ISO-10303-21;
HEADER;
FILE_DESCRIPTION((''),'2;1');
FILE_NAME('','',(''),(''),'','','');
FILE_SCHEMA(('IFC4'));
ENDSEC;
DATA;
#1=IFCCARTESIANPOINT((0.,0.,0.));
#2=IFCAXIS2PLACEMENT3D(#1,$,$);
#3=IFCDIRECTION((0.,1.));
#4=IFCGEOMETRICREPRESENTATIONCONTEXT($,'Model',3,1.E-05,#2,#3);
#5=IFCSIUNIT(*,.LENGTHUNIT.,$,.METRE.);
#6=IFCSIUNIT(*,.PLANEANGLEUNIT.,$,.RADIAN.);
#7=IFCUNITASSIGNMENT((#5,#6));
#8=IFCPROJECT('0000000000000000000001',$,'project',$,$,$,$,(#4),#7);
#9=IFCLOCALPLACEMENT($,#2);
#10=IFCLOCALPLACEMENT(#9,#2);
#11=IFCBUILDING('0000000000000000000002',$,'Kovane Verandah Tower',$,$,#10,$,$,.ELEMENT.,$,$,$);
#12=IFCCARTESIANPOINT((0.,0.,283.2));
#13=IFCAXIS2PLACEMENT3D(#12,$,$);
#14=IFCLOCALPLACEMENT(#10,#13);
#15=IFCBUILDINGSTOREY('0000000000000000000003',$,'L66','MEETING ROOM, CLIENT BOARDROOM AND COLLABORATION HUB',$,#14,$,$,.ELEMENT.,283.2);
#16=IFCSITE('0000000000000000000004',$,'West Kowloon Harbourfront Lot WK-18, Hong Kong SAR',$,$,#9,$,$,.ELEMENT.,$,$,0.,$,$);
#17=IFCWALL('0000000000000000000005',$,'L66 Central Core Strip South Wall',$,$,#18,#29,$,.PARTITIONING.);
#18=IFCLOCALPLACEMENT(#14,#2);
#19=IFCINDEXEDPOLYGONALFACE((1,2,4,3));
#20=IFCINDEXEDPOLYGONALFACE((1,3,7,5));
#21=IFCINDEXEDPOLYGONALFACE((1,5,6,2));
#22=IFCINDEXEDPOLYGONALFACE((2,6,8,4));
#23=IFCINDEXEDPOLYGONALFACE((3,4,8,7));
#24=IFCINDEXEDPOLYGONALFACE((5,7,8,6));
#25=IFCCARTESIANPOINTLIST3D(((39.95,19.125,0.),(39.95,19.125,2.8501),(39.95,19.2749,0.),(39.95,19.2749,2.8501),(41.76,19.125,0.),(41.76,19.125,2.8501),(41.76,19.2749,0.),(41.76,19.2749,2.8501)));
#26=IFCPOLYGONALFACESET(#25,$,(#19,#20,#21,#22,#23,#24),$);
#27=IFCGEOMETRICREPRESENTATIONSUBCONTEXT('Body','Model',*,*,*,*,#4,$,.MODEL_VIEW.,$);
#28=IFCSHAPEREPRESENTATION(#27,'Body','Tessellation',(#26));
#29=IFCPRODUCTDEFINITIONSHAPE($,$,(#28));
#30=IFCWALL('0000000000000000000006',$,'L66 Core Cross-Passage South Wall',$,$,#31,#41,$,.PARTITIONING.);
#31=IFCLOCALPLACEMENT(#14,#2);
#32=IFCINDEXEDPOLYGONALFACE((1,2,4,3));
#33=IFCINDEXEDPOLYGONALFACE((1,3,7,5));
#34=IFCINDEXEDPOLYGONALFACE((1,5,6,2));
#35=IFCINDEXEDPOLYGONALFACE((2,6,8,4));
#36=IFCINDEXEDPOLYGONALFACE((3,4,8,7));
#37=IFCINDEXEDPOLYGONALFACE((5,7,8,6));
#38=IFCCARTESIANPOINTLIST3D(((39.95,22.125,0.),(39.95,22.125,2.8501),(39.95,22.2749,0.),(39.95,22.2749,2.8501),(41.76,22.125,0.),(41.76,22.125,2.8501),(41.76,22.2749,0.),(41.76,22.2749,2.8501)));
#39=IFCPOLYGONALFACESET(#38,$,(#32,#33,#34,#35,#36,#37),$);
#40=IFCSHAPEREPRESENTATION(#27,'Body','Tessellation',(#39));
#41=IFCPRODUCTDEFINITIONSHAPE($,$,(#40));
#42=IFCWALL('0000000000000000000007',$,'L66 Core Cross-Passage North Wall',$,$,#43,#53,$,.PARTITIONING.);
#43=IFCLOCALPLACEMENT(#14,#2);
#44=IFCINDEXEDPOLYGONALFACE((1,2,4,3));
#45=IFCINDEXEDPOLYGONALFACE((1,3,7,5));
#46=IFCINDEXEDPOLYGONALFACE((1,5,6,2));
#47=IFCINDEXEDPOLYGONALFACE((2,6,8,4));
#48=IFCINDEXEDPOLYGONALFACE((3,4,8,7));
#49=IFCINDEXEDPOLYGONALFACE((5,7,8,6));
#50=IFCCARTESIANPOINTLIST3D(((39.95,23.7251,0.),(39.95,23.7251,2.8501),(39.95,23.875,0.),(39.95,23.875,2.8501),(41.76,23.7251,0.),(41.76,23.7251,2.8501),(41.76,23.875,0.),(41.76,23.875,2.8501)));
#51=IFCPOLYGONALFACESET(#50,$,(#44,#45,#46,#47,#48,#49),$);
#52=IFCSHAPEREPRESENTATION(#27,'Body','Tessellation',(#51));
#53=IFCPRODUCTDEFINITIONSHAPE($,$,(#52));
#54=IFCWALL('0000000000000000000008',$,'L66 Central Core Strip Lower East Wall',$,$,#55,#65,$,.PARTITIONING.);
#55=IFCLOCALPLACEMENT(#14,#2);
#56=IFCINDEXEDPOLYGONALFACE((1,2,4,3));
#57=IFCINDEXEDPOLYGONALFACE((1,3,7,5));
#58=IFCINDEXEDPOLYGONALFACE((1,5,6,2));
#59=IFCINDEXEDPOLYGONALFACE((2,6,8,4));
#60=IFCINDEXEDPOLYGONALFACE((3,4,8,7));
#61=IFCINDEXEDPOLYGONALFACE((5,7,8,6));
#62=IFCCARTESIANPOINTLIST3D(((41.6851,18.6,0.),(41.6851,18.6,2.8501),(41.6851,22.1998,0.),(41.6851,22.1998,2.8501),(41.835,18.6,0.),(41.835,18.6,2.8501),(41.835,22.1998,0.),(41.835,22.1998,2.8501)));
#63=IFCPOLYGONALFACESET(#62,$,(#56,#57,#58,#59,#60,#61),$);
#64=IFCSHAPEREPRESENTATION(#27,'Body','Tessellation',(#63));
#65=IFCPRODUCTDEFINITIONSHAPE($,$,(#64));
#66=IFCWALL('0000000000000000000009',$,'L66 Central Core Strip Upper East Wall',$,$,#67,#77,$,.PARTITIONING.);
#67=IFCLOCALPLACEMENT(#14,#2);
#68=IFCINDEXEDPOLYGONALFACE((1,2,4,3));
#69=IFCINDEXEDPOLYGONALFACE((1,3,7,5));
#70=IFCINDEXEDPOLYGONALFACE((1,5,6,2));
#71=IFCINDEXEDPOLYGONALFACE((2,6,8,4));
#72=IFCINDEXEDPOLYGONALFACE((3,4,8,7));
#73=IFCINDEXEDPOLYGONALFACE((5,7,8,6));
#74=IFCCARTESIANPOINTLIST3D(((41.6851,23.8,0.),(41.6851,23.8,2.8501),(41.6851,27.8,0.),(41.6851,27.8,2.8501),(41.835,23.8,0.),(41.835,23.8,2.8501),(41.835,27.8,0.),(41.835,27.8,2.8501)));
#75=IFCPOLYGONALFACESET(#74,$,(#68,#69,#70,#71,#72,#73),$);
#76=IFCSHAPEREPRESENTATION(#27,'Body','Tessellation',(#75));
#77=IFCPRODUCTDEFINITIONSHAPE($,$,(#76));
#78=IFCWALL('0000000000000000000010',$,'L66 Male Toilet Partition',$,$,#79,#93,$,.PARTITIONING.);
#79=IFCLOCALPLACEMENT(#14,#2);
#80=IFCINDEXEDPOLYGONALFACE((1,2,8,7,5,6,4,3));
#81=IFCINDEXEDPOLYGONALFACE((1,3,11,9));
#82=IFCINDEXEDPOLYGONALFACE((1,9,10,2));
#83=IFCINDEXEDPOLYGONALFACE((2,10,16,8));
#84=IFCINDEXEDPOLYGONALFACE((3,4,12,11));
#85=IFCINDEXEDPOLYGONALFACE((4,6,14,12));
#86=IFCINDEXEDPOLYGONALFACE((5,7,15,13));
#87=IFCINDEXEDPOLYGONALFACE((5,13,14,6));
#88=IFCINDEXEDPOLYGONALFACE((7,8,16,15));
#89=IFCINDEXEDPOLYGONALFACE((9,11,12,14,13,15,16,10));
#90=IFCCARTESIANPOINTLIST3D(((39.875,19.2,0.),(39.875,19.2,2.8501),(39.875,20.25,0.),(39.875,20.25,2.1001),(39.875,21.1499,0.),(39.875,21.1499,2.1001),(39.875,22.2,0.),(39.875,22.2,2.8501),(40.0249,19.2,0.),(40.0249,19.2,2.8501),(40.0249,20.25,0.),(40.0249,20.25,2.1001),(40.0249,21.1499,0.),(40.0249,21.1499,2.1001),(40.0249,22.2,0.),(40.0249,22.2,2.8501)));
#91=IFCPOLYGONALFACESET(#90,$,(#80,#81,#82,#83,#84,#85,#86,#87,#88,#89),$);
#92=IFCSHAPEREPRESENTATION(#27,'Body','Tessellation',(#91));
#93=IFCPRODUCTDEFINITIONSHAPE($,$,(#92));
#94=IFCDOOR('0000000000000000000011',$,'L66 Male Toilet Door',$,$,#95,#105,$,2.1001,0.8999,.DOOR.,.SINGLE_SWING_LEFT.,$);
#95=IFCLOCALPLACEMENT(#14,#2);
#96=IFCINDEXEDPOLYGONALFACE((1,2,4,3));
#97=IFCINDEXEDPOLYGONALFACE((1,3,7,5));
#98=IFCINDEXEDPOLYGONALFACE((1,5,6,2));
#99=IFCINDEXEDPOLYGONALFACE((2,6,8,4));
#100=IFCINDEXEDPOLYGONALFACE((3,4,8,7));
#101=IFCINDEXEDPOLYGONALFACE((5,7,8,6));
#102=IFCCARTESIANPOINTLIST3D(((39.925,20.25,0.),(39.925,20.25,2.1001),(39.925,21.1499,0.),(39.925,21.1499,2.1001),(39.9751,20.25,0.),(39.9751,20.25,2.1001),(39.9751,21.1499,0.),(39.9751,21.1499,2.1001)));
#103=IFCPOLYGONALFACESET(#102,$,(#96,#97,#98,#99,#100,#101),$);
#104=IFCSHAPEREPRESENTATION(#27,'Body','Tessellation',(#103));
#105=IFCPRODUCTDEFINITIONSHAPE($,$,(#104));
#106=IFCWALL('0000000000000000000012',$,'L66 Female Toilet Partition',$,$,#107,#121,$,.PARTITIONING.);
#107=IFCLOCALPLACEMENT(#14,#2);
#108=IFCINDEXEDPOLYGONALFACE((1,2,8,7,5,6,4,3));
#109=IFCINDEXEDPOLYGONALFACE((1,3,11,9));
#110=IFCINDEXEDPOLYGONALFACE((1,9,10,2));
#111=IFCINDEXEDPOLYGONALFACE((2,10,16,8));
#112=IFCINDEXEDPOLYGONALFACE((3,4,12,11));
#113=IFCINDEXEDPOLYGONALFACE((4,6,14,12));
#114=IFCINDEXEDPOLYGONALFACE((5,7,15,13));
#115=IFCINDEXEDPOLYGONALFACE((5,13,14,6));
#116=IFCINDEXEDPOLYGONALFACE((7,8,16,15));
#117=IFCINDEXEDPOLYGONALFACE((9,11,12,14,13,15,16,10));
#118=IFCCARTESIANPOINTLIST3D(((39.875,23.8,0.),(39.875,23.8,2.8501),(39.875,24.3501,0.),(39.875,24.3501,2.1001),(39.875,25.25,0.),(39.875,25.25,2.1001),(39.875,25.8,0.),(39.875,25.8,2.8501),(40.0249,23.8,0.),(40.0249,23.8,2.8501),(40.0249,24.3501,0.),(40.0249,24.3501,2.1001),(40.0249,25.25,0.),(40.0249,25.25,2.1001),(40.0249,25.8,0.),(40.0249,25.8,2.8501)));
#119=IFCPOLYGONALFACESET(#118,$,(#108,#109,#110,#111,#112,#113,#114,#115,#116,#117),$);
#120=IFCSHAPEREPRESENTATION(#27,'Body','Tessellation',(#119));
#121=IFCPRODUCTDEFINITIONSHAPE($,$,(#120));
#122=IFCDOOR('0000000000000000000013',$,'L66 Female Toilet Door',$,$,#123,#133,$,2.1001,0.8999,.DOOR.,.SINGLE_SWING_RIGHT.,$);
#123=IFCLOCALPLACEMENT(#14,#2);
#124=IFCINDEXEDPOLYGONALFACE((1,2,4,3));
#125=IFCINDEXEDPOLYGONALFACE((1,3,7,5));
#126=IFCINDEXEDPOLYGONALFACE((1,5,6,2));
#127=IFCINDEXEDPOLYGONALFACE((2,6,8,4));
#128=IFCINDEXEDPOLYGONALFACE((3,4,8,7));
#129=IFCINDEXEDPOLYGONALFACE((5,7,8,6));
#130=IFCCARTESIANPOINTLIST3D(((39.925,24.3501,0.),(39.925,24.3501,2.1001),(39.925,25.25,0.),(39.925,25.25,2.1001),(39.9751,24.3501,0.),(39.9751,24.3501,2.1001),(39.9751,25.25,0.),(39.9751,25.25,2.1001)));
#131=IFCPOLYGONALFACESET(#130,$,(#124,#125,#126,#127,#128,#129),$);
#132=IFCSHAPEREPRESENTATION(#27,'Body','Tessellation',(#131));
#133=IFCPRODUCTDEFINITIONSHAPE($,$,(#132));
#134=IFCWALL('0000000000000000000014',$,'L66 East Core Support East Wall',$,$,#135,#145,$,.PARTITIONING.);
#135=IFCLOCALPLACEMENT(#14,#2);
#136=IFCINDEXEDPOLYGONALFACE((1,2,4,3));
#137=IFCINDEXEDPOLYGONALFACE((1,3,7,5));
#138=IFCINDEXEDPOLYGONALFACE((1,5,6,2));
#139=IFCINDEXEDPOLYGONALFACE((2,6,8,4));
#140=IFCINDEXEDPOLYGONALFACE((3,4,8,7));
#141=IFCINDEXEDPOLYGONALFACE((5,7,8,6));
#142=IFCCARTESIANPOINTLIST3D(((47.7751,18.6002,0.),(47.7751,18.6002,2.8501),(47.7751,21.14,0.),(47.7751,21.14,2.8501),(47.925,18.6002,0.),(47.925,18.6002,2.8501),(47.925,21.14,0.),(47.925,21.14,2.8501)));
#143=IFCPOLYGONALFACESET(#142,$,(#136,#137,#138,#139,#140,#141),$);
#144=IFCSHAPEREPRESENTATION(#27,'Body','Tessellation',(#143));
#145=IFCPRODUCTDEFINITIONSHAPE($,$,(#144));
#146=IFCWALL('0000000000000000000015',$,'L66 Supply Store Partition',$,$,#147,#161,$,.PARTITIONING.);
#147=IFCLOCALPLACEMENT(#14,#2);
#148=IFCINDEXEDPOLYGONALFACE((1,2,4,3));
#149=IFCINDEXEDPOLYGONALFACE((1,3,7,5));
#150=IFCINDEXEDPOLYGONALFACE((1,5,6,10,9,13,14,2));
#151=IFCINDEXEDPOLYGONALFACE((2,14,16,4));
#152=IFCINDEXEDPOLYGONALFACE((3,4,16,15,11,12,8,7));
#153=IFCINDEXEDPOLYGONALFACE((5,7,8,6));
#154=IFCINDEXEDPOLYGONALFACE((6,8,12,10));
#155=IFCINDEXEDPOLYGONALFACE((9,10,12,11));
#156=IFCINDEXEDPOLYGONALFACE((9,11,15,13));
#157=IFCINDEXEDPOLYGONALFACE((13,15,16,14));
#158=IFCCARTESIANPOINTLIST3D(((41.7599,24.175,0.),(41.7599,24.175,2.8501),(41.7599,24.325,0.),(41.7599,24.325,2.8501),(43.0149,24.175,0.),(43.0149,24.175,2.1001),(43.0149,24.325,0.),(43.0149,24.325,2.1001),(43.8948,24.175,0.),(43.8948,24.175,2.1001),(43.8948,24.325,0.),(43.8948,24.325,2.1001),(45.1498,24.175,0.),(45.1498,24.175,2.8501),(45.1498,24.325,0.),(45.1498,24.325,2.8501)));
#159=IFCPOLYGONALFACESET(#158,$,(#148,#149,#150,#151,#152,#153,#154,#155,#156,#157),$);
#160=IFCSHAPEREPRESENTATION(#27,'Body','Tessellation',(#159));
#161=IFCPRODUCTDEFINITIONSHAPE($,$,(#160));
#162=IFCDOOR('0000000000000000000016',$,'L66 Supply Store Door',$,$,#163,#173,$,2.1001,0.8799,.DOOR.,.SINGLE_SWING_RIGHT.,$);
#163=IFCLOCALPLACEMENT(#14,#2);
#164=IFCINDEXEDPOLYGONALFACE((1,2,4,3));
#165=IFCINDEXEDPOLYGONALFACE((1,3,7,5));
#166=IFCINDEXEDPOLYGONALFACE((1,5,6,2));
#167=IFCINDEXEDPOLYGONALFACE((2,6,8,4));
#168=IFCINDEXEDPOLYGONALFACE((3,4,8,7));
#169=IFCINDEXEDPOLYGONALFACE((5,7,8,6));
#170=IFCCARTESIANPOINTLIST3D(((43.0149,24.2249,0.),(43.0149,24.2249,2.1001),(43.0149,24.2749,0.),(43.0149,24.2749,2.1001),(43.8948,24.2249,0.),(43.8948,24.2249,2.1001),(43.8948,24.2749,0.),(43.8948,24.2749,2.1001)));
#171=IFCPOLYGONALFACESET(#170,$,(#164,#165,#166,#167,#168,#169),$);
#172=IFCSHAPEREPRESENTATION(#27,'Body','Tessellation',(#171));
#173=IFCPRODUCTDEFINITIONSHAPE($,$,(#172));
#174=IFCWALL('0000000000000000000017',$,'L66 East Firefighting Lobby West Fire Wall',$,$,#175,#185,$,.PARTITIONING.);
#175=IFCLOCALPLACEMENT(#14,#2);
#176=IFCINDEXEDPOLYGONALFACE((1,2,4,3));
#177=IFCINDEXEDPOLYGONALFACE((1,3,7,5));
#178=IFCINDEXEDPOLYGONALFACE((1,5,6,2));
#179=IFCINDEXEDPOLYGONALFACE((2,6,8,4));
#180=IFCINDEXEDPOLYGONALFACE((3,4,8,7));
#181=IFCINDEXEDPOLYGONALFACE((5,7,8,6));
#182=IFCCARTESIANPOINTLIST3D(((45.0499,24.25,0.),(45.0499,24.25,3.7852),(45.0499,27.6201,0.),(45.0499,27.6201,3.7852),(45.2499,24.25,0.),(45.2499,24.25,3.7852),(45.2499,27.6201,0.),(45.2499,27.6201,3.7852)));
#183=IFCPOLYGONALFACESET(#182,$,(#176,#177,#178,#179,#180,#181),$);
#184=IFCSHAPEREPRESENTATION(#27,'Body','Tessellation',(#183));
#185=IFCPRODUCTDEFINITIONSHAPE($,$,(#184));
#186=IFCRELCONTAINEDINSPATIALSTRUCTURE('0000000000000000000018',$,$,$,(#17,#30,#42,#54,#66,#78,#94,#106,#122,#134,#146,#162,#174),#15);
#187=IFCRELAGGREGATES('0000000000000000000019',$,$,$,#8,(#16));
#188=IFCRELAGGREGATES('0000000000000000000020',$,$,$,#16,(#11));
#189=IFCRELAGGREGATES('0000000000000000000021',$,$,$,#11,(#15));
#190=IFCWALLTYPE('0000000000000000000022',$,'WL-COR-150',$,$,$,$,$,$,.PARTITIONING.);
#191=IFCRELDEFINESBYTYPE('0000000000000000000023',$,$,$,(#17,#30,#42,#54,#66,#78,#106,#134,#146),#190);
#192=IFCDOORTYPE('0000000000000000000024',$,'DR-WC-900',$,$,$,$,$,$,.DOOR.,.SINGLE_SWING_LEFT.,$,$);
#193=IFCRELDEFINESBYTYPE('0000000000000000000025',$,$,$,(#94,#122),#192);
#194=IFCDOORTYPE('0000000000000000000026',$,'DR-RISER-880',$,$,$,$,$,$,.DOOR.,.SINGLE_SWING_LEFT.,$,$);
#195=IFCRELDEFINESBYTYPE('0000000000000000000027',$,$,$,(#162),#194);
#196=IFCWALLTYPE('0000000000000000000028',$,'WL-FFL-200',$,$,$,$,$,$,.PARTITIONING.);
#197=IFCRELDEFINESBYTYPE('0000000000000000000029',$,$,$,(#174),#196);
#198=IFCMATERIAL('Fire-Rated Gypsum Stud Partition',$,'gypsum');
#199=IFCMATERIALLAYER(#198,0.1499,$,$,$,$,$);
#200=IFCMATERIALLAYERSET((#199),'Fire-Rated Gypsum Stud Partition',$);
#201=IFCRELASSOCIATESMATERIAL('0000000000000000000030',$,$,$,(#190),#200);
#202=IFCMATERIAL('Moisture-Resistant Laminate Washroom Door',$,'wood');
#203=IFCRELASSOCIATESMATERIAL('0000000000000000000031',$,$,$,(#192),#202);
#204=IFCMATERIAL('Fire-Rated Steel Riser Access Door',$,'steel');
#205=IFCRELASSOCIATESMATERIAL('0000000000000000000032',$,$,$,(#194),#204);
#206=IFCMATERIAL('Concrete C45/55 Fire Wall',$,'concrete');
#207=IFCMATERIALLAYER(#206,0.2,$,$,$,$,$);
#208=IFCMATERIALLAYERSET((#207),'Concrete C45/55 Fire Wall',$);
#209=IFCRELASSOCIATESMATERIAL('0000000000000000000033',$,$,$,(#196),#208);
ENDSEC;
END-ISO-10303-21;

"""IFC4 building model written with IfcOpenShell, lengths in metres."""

from ifc_helpers import new_model, si_unit, direction, frame, frame_2d, origin, place, context, subcontext, project, spatial, rectangle, extrude, material, layer, layer_set, type_object, element, fill, save


model = new_model("IFC4")

# Units and contexts
model_context = context("Model", 3, precision=1e-05, world=origin(), true_north=direction((0.0, 1.0)))
body_context = subcontext(model_context, "Body", "Model", "MODEL_VIEW")
ifc_project = project(units=[si_unit("LENGTHUNIT", "METRE"), si_unit("PLANEANGLEUNIT", "RADIAN")], contexts=[model_context])

# Site, building, storey
site_placement = place(None, origin())
site = spatial("IfcSite", under=ifc_project, at=site_placement, Name="West Kowloon Harbourfront Lot WK-18, Hong Kong SAR", CompositionType="ELEMENT", RefElevation=0.0)
building_placement = place(site_placement, origin())
building = spatial("IfcBuilding", under=site, at=building_placement, Name="Kovane Verandah Tower", CompositionType="ELEMENT")
storey_placement = place(building_placement, frame((0.0, 0.0, 283.2)))
storey = spatial("IfcBuildingStorey", under=building, at=storey_placement, Name="L66", Description="MEETING ROOM, CLIENT BOARDROOM AND COLLABORATION HUB", CompositionType="ELEMENT", Elevation=283.2)

# Walls
ifc_material_1 = material(Name="Fire-Rated Gypsum Stud Partition", Category="gypsum")
ifc_layer_1 = layer(ifc_material_1, 0.1499)
ifc_layer_set_1 = layer_set([ifc_layer_1], Name="Fire-Rated Gypsum Stud Partition")
wall_type_1 = type_object("IfcWallType", Name="WL-COR-150", PredefinedType="PARTITIONING", material=ifc_layer_set_1)
for number, where, z_axis, x_axis, name in (
    (1, (39.95, 19.2, 0.0), (0.0, 0.0, 1.0), (1.0, 0.0, 0.0), "L66 Central Core Strip South Wall"),
    (2, (39.95, 22.2, 0.0), (0.0, 0.0, 1.0), (1.0, 0.0, 0.0), "L66 Core Cross-Passage South Wall"),
    (3, (39.95, 23.8, 0.0), (0.0, 0.0, 1.0), (1.0, 0.0, 0.0), "L66 Core Cross-Passage North Wall"),
):
    element("IfcWall", number, at=place(storey_placement, frame(where, z_axis=z_axis, x_axis=x_axis)), inside=storey, type_object=wall_type_1, Name=name, PredefinedType="PARTITIONING", context=body_context, shape_type="SweptSolid", body=[
        extrude(rectangle(XDim=1.8101, YDim=0.1499, at=frame_2d((0.905, 0.0))), origin(), (0.0, 0.0, 1.0), 2.8501),
    ])
wall_1_placement = place(storey_placement, frame((41.76, 18.6001, 0.0), z_axis=(0.0, 0.0, 1.0), x_axis=(0.0, 1.0, 0.0)))
element("IfcWall", 4, at=wall_1_placement, inside=storey, type_object=wall_type_1, Name="L66 Central Core Strip Lower East Wall", PredefinedType="PARTITIONING", context=body_context, shape_type="SweptSolid", body=[
    extrude(rectangle(XDim=3.5999, YDim=0.1499, at=frame_2d((1.7998, 0.0))), origin(), (0.0, 0.0, 1.0), 2.8501),
])
wall_2_placement = place(storey_placement, frame((41.76, 23.8, 0.0), z_axis=(0.0, 0.0, 1.0), x_axis=(0.0, 1.0, 0.0)))
element("IfcWall", 5, at=wall_2_placement, inside=storey, type_object=wall_type_1, Name="L66 Central Core Strip Upper East Wall", PredefinedType="PARTITIONING", context=body_context, shape_type="SweptSolid", body=[
    extrude(rectangle(XDim=4.0, YDim=0.1499, at=frame_2d((2.0, 0.0))), origin(), (0.0, 0.0, 1.0), 2.8501),
])

# Walls, openings, doors
wall_3_placement = place(storey_placement, frame((39.95, 19.2, 0.0), z_axis=(0.0, 0.0, 1.0), x_axis=(0.0, 1.0, 0.0)))
wall_3 = element("IfcWall", 6, at=wall_3_placement, inside=storey, type_object=wall_type_1, Name="L66 Male Toilet Partition", PredefinedType="PARTITIONING", context=body_context, shape_type="SweptSolid", body=[
    extrude(rectangle(XDim=3.0, YDim=0.1499, at=frame_2d((1.5, 0.0))), origin(), (0.0, 0.0, 1.0), 2.8501),
])
opening_1_placement = place(wall_3_placement, frame((1.05, 0.0, 0.0)))
opening_1 = element("IfcOpeningElement", 7, at=opening_1_placement, cuts=wall_3, PredefinedType="OPENING", context=body_context, shape_type="SweptSolid", body=[
    extrude(rectangle(XDim=0.8999, YDim=2.1001, at=frame_2d((0.45, 1.05))), frame((0.0, 0.075, 0.0), z_axis=(0.0, -1.0, 0.0), x_axis=(1.0, 0.0, 0.0)), (0.0, 0.0, 1.0), 0.1499),
])
ifc_material_2 = material(Name="Moisture-Resistant Laminate Washroom Door", Category="wood")
door_type_1 = type_object("IfcDoorType", Name="DR-WC-900", OperationType="SINGLE_SWING_LEFT", PredefinedType="DOOR", material=ifc_material_2)
door_1_placement = place(opening_1_placement, origin())
door_1 = element("IfcDoor", 8, at=door_1_placement, inside=storey, type_object=door_type_1, Name="L66 Male Toilet Door", OperationType="SINGLE_SWING_LEFT", OverallHeight=2.1001, OverallWidth=0.8999, PredefinedType="DOOR", context=body_context, shape_type="SweptSolid", body=[
    extrude(rectangle(XDim=0.8999, YDim=2.1001, at=frame_2d((0.45, 1.05))), frame((0.0, 0.0249, 0.0), z_axis=(0.0, -1.0, 0.0), x_axis=(1.0, 0.0, 0.0)), (0.0, 0.0, 1.0), 0.05),
])
fill(opening_1, door_1)
wall_4_placement = place(storey_placement, frame((39.95, 23.8, 0.0), z_axis=(0.0, 0.0, 1.0), x_axis=(0.0, 1.0, 0.0)))
wall_4 = element("IfcWall", 9, at=wall_4_placement, inside=storey, type_object=wall_type_1, Name="L66 Female Toilet Partition", PredefinedType="PARTITIONING", context=body_context, shape_type="SweptSolid", body=[
    extrude(rectangle(XDim=2.0, YDim=0.1499, at=frame_2d((1.0, 0.0))), origin(), (0.0, 0.0, 1.0), 2.8501),
])
opening_2_placement = place(wall_4_placement, frame((0.55, 0.0, 0.0)))
opening_2 = element("IfcOpeningElement", 10, at=opening_2_placement, cuts=wall_4, PredefinedType="OPENING", context=body_context, shape_type="SweptSolid", body=[
    extrude(rectangle(XDim=0.8999, YDim=2.1001, at=frame_2d((0.45, 1.05))), frame((0.0, 0.075, 0.0), z_axis=(0.0, -1.0, 0.0), x_axis=(1.0, 0.0, 0.0)), (0.0, 0.0, 1.0), 0.1499),
])
door_2_placement = place(opening_2_placement, origin())
door_2 = element("IfcDoor", 11, at=door_2_placement, inside=storey, type_object=door_type_1, Name="L66 Female Toilet Door", OperationType="SINGLE_SWING_RIGHT", OverallHeight=2.1001, OverallWidth=0.8999, PredefinedType="DOOR", context=body_context, shape_type="SweptSolid", body=[
    extrude(rectangle(XDim=0.8999, YDim=2.1001, at=frame_2d((0.45, 1.05))), frame((0.0, 0.0249, 0.0), z_axis=(0.0, -1.0, 0.0), x_axis=(1.0, 0.0, 0.0)), (0.0, 0.0, 1.0), 0.05),
])
fill(opening_2, door_2)

# Wall
wall_5_placement = place(storey_placement, frame((47.8501, 18.6001, 0.0), z_axis=(0.0, 0.0, 1.0), x_axis=(0.0, 1.0, 0.0)))
element("IfcWall", 12, at=wall_5_placement, inside=storey, type_object=wall_type_1, Name="L66 East Core Support East Wall", PredefinedType="PARTITIONING", context=body_context, shape_type="SweptSolid", body=[
    extrude(rectangle(XDim=2.5398, YDim=0.1499, at=frame_2d((1.27, 0.0))), origin(), (0.0, 0.0, 1.0), 2.8501),
])

# Wall, opening, door
wall_6_placement = place(storey_placement, frame((41.76, 24.25, 0.0), z_axis=(0.0, 0.0, 1.0), x_axis=(1.0, 0.0, 0.0)))
wall_6 = element("IfcWall", 13, at=wall_6_placement, inside=storey, type_object=wall_type_1, Name="L66 Supply Store Partition", PredefinedType="PARTITIONING", context=body_context, shape_type="SweptSolid", body=[
    extrude(rectangle(XDim=3.3899, YDim=0.1499, at=frame_2d((1.6948, 0.0))), origin(), (0.0, 0.0, 1.0), 2.8501),
])
opening_3_placement = place(wall_6_placement, frame((1.2549, 0.0, 0.0)))
opening_3 = element("IfcOpeningElement", 14, at=opening_3_placement, cuts=wall_6, PredefinedType="OPENING", context=body_context, shape_type="SweptSolid", body=[
    extrude(rectangle(XDim=0.8799, YDim=2.1001, at=frame_2d((0.4399, 1.05))), frame((0.0, 0.075, 0.0), z_axis=(0.0, -1.0, 0.0), x_axis=(1.0, 0.0, 0.0)), (0.0, 0.0, 1.0), 0.1499),
])
ifc_material_3 = material(Name="Fire-Rated Steel Riser Access Door", Category="steel")
door_type_2 = type_object("IfcDoorType", Name="DR-RISER-880", OperationType="SINGLE_SWING_LEFT", PredefinedType="DOOR", material=ifc_material_3)
door_3_placement = place(opening_3_placement, origin())
door_3 = element("IfcDoor", 15, at=door_3_placement, inside=storey, type_object=door_type_2, Name="L66 Supply Store Door", OperationType="SINGLE_SWING_RIGHT", OverallHeight=2.1001, OverallWidth=0.8799, PredefinedType="DOOR", context=body_context, shape_type="SweptSolid", body=[
    extrude(rectangle(XDim=0.8799, YDim=2.1001, at=frame_2d((0.4399, 1.05))), frame((0.0, 0.0249, 0.0), z_axis=(0.0, -1.0, 0.0), x_axis=(1.0, 0.0, 0.0)), (0.0, 0.0, 1.0), 0.05),
])
fill(opening_3, door_3)

# Wall
ifc_material_4 = material(Name="Concrete C45/55 Fire Wall", Category="concrete")
ifc_layer_2 = layer(ifc_material_4, 0.2)
ifc_layer_set_2 = layer_set([ifc_layer_2], Name="Concrete C45/55 Fire Wall")
wall_type_2 = type_object("IfcWallType", Name="WL-FFL-200", PredefinedType="PARTITIONING", material=ifc_layer_set_2)
wall_7_placement = place(storey_placement, frame((45.1499, 24.25, 0.0), z_axis=(0.0, 0.0, 1.0), x_axis=(0.0, 1.0, 0.0)))
element("IfcWall", 16, at=wall_7_placement, inside=storey, type_object=wall_type_2, Name="L66 East Firefighting Lobby West Fire Wall", PredefinedType="PARTITIONING", context=body_context, shape_type="SweptSolid", body=[
    extrude(rectangle(XDim=3.3701, YDim=0.2, at=frame_2d((1.6851, 0.0))), origin(), (0.0, 0.0, 1.0), 3.7852),
])

save(model, "model.ifc")
